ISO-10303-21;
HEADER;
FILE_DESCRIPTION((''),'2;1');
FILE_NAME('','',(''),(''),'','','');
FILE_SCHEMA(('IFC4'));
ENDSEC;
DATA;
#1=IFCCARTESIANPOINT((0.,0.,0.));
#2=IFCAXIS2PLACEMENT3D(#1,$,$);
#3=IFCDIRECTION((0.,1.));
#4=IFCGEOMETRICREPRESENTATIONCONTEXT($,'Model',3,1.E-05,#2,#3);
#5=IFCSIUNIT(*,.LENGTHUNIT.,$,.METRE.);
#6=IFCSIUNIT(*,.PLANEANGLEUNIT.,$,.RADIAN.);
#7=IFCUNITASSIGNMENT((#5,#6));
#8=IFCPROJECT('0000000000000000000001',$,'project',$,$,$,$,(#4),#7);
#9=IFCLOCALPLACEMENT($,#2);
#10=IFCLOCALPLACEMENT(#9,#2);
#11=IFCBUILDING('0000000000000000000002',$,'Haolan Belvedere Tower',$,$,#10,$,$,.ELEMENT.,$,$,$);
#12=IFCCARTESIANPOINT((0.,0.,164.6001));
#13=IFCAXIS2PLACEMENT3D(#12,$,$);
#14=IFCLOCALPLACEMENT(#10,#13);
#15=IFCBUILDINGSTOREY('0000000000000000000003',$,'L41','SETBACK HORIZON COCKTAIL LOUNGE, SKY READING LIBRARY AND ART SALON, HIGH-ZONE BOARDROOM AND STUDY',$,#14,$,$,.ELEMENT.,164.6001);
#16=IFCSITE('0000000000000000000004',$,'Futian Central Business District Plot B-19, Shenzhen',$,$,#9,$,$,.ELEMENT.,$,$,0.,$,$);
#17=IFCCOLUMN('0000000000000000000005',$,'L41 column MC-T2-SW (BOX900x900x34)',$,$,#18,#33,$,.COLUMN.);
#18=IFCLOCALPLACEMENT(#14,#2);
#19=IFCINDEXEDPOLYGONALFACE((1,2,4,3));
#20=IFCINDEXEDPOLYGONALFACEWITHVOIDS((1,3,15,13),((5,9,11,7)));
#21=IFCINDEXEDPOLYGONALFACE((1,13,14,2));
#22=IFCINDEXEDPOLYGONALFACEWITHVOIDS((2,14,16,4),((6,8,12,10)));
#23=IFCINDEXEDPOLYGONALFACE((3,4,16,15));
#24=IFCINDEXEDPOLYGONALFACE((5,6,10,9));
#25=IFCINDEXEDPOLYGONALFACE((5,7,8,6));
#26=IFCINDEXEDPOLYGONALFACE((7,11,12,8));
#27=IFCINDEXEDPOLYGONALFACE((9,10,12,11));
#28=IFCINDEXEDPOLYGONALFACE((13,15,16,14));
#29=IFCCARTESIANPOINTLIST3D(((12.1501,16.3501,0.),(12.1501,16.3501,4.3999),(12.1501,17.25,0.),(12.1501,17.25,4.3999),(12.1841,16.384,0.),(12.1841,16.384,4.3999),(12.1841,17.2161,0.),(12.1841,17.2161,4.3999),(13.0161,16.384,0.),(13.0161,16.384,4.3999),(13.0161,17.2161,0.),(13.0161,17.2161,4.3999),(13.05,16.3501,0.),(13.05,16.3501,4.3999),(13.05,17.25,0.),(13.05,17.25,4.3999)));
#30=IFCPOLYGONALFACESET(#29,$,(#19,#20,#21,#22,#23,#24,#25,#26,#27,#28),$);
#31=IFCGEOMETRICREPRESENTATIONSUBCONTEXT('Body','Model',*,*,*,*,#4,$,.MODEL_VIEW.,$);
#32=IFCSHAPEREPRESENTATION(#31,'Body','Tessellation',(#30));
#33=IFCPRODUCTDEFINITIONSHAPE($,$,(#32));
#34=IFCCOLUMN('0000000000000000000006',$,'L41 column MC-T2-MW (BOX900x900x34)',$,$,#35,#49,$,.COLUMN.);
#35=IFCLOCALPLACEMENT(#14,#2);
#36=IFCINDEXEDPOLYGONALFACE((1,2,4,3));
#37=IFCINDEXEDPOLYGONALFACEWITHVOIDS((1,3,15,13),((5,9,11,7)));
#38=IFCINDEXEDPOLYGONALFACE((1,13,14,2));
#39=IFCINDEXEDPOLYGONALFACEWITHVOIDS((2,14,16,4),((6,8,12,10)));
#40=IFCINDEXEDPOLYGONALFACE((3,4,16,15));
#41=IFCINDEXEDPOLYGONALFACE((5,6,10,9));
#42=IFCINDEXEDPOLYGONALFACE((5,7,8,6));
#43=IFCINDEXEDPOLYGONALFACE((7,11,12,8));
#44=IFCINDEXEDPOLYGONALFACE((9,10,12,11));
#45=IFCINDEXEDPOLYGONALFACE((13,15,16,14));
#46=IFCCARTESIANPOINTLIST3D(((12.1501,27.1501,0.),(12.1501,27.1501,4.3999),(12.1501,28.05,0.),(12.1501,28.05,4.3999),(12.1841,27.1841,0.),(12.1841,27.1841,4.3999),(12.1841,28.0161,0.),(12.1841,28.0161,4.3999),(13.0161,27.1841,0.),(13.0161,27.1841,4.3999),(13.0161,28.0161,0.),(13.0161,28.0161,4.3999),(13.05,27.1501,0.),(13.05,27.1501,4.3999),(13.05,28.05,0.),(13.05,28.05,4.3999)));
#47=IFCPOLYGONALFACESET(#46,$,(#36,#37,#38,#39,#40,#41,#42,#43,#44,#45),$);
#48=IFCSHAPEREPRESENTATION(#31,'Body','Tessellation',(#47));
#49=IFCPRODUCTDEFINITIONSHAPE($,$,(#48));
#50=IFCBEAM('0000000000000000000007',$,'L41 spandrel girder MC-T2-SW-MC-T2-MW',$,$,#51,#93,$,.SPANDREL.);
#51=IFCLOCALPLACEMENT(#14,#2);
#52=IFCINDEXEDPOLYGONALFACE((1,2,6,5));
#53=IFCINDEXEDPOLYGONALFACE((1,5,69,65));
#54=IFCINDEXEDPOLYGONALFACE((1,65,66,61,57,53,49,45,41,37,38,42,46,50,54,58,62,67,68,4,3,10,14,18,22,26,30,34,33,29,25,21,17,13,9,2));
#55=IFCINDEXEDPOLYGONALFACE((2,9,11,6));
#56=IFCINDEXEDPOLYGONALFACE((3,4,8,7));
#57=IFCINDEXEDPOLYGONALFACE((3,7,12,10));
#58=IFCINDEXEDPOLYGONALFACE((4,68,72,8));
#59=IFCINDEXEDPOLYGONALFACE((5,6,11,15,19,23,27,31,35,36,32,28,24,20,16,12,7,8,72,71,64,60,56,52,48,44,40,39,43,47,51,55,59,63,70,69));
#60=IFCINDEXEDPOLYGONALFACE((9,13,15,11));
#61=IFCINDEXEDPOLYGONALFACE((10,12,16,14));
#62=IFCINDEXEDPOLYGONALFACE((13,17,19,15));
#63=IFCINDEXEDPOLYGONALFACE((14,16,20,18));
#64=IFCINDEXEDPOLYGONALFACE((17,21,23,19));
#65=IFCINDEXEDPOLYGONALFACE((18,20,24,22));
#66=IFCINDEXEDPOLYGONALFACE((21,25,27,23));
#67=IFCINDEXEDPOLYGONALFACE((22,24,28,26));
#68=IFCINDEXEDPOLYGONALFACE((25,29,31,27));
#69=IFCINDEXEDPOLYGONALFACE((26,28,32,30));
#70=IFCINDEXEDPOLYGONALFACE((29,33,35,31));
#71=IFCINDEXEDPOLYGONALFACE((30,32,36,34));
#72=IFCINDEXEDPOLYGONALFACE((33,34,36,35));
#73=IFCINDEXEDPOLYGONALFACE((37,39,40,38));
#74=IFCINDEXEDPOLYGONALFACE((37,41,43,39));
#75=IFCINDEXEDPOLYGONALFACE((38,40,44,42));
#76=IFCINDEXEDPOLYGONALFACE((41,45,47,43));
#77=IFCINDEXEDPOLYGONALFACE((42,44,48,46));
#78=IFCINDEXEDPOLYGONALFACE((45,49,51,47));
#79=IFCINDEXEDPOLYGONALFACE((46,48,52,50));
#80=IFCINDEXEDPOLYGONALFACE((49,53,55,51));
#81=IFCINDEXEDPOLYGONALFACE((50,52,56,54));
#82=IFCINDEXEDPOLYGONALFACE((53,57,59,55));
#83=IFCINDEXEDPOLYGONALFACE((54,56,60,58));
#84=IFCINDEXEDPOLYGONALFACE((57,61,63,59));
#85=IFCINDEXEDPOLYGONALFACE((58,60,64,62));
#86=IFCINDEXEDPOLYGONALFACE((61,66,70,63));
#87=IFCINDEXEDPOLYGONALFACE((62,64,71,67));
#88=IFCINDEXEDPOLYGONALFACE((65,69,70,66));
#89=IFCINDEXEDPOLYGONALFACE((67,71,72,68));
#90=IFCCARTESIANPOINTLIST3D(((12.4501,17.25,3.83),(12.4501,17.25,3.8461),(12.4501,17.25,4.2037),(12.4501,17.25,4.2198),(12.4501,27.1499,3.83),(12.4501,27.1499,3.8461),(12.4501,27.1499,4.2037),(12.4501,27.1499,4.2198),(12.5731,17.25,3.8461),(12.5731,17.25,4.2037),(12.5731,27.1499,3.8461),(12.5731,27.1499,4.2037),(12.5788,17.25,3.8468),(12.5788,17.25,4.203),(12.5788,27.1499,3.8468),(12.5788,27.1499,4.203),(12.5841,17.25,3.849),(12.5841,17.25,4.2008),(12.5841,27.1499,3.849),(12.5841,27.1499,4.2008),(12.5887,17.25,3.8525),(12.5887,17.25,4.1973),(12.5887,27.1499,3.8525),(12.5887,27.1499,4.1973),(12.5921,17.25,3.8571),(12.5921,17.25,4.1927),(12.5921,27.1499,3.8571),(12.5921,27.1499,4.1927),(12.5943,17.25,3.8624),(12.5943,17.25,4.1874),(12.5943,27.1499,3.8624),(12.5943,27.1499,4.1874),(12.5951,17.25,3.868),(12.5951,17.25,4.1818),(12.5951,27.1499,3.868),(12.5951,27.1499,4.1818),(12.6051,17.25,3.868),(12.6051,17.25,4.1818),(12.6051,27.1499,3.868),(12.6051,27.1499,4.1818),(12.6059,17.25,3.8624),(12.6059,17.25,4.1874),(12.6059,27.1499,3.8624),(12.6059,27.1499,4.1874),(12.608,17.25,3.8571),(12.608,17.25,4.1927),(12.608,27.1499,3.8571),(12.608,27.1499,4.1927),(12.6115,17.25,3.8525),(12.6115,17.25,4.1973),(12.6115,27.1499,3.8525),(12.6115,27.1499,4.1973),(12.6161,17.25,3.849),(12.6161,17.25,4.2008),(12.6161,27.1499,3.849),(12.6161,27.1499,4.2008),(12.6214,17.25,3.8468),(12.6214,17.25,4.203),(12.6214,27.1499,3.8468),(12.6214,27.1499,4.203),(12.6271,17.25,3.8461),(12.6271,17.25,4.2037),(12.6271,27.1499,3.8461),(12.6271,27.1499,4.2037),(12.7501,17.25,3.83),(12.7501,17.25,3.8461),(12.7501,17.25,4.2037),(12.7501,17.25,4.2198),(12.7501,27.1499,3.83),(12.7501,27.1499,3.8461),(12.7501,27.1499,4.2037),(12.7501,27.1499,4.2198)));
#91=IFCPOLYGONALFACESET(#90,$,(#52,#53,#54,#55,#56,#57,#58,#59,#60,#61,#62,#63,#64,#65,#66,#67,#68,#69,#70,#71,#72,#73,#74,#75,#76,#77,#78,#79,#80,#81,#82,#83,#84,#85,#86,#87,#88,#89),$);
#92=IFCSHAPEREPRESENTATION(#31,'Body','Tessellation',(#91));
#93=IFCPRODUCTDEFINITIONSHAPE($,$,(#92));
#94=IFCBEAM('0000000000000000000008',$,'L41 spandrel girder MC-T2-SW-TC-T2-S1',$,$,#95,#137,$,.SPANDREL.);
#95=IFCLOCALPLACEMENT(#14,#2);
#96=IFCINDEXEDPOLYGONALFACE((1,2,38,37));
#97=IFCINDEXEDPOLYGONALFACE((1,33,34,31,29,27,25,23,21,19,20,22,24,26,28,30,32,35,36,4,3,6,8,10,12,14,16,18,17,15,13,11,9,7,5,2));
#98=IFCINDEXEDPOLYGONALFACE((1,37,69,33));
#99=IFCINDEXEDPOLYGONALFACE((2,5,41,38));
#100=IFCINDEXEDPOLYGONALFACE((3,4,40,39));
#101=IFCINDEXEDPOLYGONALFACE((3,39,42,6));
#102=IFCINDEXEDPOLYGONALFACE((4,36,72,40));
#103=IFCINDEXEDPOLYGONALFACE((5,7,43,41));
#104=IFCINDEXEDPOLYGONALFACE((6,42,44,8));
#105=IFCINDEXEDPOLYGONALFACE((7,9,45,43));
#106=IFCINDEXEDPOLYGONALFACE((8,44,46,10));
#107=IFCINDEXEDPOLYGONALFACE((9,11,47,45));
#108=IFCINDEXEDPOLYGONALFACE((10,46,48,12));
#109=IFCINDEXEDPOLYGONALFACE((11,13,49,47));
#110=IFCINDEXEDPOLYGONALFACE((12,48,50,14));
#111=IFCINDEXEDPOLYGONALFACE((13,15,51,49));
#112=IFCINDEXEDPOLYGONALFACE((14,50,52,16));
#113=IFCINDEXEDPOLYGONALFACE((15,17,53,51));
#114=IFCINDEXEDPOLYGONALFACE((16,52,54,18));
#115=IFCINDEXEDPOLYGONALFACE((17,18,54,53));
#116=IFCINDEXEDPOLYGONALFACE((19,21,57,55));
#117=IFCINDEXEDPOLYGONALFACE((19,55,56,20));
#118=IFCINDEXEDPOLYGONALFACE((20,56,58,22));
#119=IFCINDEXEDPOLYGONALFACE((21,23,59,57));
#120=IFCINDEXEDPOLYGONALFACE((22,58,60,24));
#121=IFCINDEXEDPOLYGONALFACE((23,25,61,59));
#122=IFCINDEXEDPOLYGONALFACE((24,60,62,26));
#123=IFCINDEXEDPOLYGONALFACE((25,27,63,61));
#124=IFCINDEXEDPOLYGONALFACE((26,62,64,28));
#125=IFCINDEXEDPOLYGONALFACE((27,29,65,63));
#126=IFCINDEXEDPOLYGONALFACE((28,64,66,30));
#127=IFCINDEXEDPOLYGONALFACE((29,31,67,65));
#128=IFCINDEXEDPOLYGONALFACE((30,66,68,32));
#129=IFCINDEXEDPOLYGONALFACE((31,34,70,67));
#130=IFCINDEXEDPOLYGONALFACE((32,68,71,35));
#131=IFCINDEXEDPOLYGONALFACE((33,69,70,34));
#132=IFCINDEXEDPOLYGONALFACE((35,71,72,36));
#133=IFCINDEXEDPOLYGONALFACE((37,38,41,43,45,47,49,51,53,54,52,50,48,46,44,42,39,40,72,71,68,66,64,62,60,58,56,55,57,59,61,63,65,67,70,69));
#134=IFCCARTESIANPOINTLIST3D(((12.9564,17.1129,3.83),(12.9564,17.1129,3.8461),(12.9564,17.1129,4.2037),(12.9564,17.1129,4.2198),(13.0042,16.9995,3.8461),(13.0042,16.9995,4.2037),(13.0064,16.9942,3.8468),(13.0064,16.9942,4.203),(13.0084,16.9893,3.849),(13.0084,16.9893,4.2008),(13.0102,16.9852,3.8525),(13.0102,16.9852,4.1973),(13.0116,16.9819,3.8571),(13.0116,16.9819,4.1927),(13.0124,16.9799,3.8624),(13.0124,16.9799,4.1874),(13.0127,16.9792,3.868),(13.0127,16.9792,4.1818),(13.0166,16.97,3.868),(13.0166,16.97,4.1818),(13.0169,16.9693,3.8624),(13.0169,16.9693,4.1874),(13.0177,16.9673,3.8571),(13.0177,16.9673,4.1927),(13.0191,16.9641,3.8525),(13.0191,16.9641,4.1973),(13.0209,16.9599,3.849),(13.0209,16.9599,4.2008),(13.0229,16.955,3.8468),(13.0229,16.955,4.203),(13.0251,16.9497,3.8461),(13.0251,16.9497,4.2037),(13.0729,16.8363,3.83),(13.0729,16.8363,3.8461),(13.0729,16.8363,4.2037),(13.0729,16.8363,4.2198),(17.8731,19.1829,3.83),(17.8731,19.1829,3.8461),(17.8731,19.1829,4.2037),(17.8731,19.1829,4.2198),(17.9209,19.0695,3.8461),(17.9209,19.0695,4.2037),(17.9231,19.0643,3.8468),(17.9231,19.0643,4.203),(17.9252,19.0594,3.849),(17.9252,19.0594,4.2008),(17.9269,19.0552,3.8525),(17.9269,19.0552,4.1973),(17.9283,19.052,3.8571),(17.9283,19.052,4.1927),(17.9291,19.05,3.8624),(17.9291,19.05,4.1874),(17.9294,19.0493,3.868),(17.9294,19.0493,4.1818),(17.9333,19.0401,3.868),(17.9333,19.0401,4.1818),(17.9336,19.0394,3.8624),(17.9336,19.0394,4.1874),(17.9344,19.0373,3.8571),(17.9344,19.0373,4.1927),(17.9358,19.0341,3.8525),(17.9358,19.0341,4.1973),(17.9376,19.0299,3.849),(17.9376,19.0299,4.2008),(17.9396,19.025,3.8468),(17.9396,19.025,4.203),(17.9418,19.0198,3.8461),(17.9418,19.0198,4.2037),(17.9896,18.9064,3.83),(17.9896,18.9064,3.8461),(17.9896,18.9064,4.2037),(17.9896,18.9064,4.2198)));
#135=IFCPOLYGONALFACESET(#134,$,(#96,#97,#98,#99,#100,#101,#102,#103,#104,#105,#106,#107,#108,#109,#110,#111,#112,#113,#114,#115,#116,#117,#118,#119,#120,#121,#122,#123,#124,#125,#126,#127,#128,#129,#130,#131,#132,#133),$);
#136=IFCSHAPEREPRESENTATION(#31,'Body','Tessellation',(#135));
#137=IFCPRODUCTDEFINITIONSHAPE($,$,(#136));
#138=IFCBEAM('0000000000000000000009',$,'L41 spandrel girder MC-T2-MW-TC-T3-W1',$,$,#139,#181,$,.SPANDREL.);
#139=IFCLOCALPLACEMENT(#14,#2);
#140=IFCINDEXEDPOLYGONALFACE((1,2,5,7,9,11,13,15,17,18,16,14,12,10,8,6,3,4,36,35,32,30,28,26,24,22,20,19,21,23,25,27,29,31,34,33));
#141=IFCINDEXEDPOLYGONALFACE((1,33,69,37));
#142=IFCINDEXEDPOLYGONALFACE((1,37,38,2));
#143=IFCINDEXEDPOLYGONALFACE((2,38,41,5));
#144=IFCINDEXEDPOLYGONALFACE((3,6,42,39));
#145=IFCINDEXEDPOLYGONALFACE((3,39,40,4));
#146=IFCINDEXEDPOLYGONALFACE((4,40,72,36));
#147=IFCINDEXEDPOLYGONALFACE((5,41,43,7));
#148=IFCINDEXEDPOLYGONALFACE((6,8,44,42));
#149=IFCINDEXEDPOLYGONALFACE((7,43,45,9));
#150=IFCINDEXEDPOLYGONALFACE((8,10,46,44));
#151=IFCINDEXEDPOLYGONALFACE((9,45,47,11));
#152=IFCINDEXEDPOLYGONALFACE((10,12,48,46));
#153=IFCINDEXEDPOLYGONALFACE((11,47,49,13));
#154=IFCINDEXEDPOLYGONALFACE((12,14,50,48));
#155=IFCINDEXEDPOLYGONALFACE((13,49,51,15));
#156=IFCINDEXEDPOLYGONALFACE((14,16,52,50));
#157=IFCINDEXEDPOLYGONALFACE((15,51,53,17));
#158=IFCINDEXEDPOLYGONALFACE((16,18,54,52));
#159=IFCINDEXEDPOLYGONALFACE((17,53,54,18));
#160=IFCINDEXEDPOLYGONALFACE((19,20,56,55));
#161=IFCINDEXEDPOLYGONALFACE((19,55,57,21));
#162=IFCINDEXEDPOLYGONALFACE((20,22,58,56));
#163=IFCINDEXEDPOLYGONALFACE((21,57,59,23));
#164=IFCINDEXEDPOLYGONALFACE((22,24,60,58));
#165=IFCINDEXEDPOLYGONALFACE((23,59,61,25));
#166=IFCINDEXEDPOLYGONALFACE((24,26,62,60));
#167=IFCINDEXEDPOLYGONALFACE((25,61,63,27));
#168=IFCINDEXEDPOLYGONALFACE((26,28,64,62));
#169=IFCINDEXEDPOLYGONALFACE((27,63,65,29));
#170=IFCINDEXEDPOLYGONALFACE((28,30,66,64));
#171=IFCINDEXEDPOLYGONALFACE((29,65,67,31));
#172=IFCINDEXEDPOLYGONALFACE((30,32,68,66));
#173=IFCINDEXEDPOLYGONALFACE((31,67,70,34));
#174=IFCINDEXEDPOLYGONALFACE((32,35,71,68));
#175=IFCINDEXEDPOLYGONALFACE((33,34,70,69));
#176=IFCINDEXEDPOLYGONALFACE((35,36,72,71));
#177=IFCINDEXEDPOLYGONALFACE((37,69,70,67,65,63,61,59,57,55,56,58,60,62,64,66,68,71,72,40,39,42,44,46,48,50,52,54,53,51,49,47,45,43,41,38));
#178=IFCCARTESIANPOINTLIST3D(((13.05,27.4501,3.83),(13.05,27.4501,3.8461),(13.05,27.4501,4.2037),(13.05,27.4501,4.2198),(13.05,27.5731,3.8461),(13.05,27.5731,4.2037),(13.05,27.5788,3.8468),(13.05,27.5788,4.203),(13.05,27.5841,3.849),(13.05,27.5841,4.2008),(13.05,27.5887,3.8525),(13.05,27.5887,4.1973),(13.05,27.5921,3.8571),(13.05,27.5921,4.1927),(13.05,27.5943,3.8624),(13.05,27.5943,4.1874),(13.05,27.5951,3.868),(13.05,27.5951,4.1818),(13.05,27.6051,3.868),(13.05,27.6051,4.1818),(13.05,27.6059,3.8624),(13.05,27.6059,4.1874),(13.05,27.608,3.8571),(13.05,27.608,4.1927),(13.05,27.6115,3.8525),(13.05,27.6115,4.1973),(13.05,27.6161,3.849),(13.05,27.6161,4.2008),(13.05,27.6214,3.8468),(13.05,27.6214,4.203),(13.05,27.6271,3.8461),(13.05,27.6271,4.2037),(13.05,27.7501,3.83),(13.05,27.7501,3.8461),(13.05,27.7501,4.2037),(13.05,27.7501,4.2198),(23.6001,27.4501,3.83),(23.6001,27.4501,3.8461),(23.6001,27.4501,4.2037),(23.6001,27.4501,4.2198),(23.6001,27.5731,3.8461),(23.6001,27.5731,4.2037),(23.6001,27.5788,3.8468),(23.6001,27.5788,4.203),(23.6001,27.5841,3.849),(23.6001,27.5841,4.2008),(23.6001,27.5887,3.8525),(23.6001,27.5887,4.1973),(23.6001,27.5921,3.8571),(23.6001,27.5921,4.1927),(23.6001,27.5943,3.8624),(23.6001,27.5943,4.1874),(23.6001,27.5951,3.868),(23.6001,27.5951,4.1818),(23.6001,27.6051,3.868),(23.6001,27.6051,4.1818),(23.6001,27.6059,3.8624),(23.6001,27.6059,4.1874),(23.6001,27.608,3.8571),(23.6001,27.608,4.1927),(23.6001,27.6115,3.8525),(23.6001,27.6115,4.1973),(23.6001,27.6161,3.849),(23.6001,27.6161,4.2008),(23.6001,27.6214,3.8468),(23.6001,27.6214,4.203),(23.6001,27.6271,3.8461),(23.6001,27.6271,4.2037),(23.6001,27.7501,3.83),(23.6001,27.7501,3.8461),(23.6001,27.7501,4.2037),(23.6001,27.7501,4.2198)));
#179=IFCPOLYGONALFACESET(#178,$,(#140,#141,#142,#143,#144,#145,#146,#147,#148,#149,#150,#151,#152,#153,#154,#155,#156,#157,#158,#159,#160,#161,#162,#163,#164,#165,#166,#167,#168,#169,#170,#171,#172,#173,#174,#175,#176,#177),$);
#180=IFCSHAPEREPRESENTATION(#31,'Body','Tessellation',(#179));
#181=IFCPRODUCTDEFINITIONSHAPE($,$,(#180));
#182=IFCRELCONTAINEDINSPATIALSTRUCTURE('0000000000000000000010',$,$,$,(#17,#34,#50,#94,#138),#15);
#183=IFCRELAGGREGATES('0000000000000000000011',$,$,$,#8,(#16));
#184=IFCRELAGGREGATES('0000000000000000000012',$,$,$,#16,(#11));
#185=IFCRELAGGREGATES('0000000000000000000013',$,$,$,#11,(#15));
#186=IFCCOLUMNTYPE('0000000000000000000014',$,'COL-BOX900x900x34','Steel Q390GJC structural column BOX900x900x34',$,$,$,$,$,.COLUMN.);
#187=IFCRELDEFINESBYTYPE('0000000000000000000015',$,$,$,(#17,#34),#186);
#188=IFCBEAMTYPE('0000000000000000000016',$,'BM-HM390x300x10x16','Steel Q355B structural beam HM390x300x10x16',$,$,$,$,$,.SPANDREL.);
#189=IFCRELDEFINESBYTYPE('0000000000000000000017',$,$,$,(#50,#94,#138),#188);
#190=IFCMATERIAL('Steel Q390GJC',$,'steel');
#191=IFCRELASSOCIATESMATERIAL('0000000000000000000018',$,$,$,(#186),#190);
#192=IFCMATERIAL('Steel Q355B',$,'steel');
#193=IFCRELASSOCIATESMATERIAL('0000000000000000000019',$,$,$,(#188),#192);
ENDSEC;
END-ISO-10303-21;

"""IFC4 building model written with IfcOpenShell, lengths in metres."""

from ifc_helpers import new_model, si_unit, direction, frame, origin, origin_2d, place, context, subcontext, project, spatial, hollow_rectangle, i_section, extrude, material, material_profile, profile_set, type_object, element, save


model = new_model("IFC4")

# Units and contexts
model_context = context("Model", 3, precision=1e-05, world=origin(), true_north=direction((0.0, 1.0)))
body_context = subcontext(model_context, "Body", "Model", "MODEL_VIEW")
ifc_project = project(units=[si_unit("LENGTHUNIT", "METRE"), si_unit("PLANEANGLEUNIT", "RADIAN")], contexts=[model_context])

# Site, building, storey
site_placement = place(None, origin())
site = spatial("IfcSite", under=ifc_project, at=site_placement, Name="Futian Central Business District Plot B-19, Shenzhen", CompositionType="ELEMENT", RefElevation=0.0)
building_placement = place(site_placement, origin())
building = spatial("IfcBuilding", under=site, at=building_placement, Name="Haolan Belvedere Tower", CompositionType="ELEMENT")
storey_placement = place(building_placement, frame((0.0, 0.0, 164.6001)))
storey = spatial("IfcBuildingStorey", under=building, at=storey_placement, Name="L41", Description="SETBACK HORIZON COCKTAIL LOUNGE, SKY READING LIBRARY AND ART SALON, HIGH-ZONE BOARDROOM AND STUDY", CompositionType="ELEMENT", Elevation=164.6001)

# Columns
ifc_material_1 = material(Name="Steel Q390GJC", Category="steel")
ifc_material_profile_1 = material_profile(ifc_material_1, hollow_rectangle(XDim=0.8999, YDim=0.8999, WallThickness=0.0339, at=origin_2d()), Name="Steel Q390GJC")
ifc_profile_set_1 = profile_set([ifc_material_profile_1], Name="Steel Q390GJC")
column_type = type_object("IfcColumnType", Name="COL-BOX900x900x34", Description="Steel Q390GJC structural column BOX900x900x34", PredefinedType="COLUMN", material=ifc_profile_set_1)
for number, where, z_axis, x_axis, name in (
    (1, (12.6001, 16.8, 0.0), (0.0, 0.0, 1.0), (1.0, 0.0, 0.0), "L41 column MC-T2-SW (BOX900x900x34)"),
    (2, (12.6001, 27.6001, 0.0), (0.0, 0.0, 1.0), (1.0, 0.0, 0.0), "L41 column MC-T2-MW (BOX900x900x34)"),
):
    element("IfcColumn", number, at=place(storey_placement, frame(where, z_axis=z_axis, x_axis=x_axis)), inside=storey, type_object=column_type, Name=name, PredefinedType="COLUMN", context=body_context, shape_type="SweptSolid", body=[
        extrude(hollow_rectangle(XDim=0.8999, YDim=0.8999, WallThickness=0.0339, at=origin_2d()), origin(), (0.0, 0.0, 1.0), 4.3999),
    ])

# Beams
ifc_material_2 = material(Name="Steel Q355B", Category="steel")
ifc_material_profile_2 = material_profile(ifc_material_2, i_section(OverallWidth=0.3, OverallDepth=0.3899, WebThickness=0.01, FlangeThickness=0.0161, FilletRadius=0.022, at=origin_2d()), Name="Steel Q355B")
ifc_profile_set_2 = profile_set([ifc_material_profile_2], Name="Steel Q355B")
beam_type_1 = type_object("IfcBeamType", Name="BM-HM390x300x10x16", Description="Steel Q355B structural beam HM390x300x10x16", PredefinedType="SPANDREL", material=ifc_profile_set_2)
beam_1_placement = place(storey_placement, frame((12.6001, 17.25, 4.0249), z_axis=(0.0, 1.0, 0.0), x_axis=(-1.0, 0.0, 0.0)))
element("IfcBeam", 3, at=beam_1_placement, inside=storey, type_object=beam_type_1, Name="L41 spandrel girder MC-T2-SW-MC-T2-MW", PredefinedType="SPANDREL", context=body_context, shape_type="SweptSolid", body=[
    extrude(i_section(OverallWidth=0.3, OverallDepth=0.3899, WebThickness=0.01, FlangeThickness=0.0161, FilletRadius=0.022, at=origin_2d()), origin(), (0.0, 0.0, 1.0), 9.8999),
])
beam_2_placement = place(storey_placement, frame((13.0146, 16.9746, 4.0249), z_axis=(0.921645, 0.388034, 0.0), x_axis=(-0.388034, 0.921645, 0.0)))
element("IfcBeam", 4, at=beam_2_placement, inside=storey, type_object=beam_type_1, Name="L41 spandrel girder MC-T2-SW-TC-T2-S1", PredefinedType="SPANDREL", context=body_context, shape_type="SweptSolid", body=[
    extrude(i_section(OverallWidth=0.3, OverallDepth=0.3899, WebThickness=0.01, FlangeThickness=0.0161, FilletRadius=0.022, at=origin_2d()), origin(), (0.0, 0.0, 1.0), 5.3347),
])
beam_3_placement = place(storey_placement, frame((13.05, 27.6001, 4.0249), z_axis=(1.0, 0.0, 0.0), x_axis=(0.0, 1.0, 0.0)))
element("IfcBeam", 5, at=beam_3_placement, inside=storey, type_object=beam_type_1, Name="L41 spandrel girder MC-T2-MW-TC-T3-W1", PredefinedType="SPANDREL", context=body_context, shape_type="SweptSolid", body=[
    extrude(i_section(OverallWidth=0.3, OverallDepth=0.3899, WebThickness=0.01, FlangeThickness=0.0161, FilletRadius=0.022, at=origin_2d()), origin(), (0.0, 0.0, 1.0), 10.55),
])

save(model, "model.ifc")
